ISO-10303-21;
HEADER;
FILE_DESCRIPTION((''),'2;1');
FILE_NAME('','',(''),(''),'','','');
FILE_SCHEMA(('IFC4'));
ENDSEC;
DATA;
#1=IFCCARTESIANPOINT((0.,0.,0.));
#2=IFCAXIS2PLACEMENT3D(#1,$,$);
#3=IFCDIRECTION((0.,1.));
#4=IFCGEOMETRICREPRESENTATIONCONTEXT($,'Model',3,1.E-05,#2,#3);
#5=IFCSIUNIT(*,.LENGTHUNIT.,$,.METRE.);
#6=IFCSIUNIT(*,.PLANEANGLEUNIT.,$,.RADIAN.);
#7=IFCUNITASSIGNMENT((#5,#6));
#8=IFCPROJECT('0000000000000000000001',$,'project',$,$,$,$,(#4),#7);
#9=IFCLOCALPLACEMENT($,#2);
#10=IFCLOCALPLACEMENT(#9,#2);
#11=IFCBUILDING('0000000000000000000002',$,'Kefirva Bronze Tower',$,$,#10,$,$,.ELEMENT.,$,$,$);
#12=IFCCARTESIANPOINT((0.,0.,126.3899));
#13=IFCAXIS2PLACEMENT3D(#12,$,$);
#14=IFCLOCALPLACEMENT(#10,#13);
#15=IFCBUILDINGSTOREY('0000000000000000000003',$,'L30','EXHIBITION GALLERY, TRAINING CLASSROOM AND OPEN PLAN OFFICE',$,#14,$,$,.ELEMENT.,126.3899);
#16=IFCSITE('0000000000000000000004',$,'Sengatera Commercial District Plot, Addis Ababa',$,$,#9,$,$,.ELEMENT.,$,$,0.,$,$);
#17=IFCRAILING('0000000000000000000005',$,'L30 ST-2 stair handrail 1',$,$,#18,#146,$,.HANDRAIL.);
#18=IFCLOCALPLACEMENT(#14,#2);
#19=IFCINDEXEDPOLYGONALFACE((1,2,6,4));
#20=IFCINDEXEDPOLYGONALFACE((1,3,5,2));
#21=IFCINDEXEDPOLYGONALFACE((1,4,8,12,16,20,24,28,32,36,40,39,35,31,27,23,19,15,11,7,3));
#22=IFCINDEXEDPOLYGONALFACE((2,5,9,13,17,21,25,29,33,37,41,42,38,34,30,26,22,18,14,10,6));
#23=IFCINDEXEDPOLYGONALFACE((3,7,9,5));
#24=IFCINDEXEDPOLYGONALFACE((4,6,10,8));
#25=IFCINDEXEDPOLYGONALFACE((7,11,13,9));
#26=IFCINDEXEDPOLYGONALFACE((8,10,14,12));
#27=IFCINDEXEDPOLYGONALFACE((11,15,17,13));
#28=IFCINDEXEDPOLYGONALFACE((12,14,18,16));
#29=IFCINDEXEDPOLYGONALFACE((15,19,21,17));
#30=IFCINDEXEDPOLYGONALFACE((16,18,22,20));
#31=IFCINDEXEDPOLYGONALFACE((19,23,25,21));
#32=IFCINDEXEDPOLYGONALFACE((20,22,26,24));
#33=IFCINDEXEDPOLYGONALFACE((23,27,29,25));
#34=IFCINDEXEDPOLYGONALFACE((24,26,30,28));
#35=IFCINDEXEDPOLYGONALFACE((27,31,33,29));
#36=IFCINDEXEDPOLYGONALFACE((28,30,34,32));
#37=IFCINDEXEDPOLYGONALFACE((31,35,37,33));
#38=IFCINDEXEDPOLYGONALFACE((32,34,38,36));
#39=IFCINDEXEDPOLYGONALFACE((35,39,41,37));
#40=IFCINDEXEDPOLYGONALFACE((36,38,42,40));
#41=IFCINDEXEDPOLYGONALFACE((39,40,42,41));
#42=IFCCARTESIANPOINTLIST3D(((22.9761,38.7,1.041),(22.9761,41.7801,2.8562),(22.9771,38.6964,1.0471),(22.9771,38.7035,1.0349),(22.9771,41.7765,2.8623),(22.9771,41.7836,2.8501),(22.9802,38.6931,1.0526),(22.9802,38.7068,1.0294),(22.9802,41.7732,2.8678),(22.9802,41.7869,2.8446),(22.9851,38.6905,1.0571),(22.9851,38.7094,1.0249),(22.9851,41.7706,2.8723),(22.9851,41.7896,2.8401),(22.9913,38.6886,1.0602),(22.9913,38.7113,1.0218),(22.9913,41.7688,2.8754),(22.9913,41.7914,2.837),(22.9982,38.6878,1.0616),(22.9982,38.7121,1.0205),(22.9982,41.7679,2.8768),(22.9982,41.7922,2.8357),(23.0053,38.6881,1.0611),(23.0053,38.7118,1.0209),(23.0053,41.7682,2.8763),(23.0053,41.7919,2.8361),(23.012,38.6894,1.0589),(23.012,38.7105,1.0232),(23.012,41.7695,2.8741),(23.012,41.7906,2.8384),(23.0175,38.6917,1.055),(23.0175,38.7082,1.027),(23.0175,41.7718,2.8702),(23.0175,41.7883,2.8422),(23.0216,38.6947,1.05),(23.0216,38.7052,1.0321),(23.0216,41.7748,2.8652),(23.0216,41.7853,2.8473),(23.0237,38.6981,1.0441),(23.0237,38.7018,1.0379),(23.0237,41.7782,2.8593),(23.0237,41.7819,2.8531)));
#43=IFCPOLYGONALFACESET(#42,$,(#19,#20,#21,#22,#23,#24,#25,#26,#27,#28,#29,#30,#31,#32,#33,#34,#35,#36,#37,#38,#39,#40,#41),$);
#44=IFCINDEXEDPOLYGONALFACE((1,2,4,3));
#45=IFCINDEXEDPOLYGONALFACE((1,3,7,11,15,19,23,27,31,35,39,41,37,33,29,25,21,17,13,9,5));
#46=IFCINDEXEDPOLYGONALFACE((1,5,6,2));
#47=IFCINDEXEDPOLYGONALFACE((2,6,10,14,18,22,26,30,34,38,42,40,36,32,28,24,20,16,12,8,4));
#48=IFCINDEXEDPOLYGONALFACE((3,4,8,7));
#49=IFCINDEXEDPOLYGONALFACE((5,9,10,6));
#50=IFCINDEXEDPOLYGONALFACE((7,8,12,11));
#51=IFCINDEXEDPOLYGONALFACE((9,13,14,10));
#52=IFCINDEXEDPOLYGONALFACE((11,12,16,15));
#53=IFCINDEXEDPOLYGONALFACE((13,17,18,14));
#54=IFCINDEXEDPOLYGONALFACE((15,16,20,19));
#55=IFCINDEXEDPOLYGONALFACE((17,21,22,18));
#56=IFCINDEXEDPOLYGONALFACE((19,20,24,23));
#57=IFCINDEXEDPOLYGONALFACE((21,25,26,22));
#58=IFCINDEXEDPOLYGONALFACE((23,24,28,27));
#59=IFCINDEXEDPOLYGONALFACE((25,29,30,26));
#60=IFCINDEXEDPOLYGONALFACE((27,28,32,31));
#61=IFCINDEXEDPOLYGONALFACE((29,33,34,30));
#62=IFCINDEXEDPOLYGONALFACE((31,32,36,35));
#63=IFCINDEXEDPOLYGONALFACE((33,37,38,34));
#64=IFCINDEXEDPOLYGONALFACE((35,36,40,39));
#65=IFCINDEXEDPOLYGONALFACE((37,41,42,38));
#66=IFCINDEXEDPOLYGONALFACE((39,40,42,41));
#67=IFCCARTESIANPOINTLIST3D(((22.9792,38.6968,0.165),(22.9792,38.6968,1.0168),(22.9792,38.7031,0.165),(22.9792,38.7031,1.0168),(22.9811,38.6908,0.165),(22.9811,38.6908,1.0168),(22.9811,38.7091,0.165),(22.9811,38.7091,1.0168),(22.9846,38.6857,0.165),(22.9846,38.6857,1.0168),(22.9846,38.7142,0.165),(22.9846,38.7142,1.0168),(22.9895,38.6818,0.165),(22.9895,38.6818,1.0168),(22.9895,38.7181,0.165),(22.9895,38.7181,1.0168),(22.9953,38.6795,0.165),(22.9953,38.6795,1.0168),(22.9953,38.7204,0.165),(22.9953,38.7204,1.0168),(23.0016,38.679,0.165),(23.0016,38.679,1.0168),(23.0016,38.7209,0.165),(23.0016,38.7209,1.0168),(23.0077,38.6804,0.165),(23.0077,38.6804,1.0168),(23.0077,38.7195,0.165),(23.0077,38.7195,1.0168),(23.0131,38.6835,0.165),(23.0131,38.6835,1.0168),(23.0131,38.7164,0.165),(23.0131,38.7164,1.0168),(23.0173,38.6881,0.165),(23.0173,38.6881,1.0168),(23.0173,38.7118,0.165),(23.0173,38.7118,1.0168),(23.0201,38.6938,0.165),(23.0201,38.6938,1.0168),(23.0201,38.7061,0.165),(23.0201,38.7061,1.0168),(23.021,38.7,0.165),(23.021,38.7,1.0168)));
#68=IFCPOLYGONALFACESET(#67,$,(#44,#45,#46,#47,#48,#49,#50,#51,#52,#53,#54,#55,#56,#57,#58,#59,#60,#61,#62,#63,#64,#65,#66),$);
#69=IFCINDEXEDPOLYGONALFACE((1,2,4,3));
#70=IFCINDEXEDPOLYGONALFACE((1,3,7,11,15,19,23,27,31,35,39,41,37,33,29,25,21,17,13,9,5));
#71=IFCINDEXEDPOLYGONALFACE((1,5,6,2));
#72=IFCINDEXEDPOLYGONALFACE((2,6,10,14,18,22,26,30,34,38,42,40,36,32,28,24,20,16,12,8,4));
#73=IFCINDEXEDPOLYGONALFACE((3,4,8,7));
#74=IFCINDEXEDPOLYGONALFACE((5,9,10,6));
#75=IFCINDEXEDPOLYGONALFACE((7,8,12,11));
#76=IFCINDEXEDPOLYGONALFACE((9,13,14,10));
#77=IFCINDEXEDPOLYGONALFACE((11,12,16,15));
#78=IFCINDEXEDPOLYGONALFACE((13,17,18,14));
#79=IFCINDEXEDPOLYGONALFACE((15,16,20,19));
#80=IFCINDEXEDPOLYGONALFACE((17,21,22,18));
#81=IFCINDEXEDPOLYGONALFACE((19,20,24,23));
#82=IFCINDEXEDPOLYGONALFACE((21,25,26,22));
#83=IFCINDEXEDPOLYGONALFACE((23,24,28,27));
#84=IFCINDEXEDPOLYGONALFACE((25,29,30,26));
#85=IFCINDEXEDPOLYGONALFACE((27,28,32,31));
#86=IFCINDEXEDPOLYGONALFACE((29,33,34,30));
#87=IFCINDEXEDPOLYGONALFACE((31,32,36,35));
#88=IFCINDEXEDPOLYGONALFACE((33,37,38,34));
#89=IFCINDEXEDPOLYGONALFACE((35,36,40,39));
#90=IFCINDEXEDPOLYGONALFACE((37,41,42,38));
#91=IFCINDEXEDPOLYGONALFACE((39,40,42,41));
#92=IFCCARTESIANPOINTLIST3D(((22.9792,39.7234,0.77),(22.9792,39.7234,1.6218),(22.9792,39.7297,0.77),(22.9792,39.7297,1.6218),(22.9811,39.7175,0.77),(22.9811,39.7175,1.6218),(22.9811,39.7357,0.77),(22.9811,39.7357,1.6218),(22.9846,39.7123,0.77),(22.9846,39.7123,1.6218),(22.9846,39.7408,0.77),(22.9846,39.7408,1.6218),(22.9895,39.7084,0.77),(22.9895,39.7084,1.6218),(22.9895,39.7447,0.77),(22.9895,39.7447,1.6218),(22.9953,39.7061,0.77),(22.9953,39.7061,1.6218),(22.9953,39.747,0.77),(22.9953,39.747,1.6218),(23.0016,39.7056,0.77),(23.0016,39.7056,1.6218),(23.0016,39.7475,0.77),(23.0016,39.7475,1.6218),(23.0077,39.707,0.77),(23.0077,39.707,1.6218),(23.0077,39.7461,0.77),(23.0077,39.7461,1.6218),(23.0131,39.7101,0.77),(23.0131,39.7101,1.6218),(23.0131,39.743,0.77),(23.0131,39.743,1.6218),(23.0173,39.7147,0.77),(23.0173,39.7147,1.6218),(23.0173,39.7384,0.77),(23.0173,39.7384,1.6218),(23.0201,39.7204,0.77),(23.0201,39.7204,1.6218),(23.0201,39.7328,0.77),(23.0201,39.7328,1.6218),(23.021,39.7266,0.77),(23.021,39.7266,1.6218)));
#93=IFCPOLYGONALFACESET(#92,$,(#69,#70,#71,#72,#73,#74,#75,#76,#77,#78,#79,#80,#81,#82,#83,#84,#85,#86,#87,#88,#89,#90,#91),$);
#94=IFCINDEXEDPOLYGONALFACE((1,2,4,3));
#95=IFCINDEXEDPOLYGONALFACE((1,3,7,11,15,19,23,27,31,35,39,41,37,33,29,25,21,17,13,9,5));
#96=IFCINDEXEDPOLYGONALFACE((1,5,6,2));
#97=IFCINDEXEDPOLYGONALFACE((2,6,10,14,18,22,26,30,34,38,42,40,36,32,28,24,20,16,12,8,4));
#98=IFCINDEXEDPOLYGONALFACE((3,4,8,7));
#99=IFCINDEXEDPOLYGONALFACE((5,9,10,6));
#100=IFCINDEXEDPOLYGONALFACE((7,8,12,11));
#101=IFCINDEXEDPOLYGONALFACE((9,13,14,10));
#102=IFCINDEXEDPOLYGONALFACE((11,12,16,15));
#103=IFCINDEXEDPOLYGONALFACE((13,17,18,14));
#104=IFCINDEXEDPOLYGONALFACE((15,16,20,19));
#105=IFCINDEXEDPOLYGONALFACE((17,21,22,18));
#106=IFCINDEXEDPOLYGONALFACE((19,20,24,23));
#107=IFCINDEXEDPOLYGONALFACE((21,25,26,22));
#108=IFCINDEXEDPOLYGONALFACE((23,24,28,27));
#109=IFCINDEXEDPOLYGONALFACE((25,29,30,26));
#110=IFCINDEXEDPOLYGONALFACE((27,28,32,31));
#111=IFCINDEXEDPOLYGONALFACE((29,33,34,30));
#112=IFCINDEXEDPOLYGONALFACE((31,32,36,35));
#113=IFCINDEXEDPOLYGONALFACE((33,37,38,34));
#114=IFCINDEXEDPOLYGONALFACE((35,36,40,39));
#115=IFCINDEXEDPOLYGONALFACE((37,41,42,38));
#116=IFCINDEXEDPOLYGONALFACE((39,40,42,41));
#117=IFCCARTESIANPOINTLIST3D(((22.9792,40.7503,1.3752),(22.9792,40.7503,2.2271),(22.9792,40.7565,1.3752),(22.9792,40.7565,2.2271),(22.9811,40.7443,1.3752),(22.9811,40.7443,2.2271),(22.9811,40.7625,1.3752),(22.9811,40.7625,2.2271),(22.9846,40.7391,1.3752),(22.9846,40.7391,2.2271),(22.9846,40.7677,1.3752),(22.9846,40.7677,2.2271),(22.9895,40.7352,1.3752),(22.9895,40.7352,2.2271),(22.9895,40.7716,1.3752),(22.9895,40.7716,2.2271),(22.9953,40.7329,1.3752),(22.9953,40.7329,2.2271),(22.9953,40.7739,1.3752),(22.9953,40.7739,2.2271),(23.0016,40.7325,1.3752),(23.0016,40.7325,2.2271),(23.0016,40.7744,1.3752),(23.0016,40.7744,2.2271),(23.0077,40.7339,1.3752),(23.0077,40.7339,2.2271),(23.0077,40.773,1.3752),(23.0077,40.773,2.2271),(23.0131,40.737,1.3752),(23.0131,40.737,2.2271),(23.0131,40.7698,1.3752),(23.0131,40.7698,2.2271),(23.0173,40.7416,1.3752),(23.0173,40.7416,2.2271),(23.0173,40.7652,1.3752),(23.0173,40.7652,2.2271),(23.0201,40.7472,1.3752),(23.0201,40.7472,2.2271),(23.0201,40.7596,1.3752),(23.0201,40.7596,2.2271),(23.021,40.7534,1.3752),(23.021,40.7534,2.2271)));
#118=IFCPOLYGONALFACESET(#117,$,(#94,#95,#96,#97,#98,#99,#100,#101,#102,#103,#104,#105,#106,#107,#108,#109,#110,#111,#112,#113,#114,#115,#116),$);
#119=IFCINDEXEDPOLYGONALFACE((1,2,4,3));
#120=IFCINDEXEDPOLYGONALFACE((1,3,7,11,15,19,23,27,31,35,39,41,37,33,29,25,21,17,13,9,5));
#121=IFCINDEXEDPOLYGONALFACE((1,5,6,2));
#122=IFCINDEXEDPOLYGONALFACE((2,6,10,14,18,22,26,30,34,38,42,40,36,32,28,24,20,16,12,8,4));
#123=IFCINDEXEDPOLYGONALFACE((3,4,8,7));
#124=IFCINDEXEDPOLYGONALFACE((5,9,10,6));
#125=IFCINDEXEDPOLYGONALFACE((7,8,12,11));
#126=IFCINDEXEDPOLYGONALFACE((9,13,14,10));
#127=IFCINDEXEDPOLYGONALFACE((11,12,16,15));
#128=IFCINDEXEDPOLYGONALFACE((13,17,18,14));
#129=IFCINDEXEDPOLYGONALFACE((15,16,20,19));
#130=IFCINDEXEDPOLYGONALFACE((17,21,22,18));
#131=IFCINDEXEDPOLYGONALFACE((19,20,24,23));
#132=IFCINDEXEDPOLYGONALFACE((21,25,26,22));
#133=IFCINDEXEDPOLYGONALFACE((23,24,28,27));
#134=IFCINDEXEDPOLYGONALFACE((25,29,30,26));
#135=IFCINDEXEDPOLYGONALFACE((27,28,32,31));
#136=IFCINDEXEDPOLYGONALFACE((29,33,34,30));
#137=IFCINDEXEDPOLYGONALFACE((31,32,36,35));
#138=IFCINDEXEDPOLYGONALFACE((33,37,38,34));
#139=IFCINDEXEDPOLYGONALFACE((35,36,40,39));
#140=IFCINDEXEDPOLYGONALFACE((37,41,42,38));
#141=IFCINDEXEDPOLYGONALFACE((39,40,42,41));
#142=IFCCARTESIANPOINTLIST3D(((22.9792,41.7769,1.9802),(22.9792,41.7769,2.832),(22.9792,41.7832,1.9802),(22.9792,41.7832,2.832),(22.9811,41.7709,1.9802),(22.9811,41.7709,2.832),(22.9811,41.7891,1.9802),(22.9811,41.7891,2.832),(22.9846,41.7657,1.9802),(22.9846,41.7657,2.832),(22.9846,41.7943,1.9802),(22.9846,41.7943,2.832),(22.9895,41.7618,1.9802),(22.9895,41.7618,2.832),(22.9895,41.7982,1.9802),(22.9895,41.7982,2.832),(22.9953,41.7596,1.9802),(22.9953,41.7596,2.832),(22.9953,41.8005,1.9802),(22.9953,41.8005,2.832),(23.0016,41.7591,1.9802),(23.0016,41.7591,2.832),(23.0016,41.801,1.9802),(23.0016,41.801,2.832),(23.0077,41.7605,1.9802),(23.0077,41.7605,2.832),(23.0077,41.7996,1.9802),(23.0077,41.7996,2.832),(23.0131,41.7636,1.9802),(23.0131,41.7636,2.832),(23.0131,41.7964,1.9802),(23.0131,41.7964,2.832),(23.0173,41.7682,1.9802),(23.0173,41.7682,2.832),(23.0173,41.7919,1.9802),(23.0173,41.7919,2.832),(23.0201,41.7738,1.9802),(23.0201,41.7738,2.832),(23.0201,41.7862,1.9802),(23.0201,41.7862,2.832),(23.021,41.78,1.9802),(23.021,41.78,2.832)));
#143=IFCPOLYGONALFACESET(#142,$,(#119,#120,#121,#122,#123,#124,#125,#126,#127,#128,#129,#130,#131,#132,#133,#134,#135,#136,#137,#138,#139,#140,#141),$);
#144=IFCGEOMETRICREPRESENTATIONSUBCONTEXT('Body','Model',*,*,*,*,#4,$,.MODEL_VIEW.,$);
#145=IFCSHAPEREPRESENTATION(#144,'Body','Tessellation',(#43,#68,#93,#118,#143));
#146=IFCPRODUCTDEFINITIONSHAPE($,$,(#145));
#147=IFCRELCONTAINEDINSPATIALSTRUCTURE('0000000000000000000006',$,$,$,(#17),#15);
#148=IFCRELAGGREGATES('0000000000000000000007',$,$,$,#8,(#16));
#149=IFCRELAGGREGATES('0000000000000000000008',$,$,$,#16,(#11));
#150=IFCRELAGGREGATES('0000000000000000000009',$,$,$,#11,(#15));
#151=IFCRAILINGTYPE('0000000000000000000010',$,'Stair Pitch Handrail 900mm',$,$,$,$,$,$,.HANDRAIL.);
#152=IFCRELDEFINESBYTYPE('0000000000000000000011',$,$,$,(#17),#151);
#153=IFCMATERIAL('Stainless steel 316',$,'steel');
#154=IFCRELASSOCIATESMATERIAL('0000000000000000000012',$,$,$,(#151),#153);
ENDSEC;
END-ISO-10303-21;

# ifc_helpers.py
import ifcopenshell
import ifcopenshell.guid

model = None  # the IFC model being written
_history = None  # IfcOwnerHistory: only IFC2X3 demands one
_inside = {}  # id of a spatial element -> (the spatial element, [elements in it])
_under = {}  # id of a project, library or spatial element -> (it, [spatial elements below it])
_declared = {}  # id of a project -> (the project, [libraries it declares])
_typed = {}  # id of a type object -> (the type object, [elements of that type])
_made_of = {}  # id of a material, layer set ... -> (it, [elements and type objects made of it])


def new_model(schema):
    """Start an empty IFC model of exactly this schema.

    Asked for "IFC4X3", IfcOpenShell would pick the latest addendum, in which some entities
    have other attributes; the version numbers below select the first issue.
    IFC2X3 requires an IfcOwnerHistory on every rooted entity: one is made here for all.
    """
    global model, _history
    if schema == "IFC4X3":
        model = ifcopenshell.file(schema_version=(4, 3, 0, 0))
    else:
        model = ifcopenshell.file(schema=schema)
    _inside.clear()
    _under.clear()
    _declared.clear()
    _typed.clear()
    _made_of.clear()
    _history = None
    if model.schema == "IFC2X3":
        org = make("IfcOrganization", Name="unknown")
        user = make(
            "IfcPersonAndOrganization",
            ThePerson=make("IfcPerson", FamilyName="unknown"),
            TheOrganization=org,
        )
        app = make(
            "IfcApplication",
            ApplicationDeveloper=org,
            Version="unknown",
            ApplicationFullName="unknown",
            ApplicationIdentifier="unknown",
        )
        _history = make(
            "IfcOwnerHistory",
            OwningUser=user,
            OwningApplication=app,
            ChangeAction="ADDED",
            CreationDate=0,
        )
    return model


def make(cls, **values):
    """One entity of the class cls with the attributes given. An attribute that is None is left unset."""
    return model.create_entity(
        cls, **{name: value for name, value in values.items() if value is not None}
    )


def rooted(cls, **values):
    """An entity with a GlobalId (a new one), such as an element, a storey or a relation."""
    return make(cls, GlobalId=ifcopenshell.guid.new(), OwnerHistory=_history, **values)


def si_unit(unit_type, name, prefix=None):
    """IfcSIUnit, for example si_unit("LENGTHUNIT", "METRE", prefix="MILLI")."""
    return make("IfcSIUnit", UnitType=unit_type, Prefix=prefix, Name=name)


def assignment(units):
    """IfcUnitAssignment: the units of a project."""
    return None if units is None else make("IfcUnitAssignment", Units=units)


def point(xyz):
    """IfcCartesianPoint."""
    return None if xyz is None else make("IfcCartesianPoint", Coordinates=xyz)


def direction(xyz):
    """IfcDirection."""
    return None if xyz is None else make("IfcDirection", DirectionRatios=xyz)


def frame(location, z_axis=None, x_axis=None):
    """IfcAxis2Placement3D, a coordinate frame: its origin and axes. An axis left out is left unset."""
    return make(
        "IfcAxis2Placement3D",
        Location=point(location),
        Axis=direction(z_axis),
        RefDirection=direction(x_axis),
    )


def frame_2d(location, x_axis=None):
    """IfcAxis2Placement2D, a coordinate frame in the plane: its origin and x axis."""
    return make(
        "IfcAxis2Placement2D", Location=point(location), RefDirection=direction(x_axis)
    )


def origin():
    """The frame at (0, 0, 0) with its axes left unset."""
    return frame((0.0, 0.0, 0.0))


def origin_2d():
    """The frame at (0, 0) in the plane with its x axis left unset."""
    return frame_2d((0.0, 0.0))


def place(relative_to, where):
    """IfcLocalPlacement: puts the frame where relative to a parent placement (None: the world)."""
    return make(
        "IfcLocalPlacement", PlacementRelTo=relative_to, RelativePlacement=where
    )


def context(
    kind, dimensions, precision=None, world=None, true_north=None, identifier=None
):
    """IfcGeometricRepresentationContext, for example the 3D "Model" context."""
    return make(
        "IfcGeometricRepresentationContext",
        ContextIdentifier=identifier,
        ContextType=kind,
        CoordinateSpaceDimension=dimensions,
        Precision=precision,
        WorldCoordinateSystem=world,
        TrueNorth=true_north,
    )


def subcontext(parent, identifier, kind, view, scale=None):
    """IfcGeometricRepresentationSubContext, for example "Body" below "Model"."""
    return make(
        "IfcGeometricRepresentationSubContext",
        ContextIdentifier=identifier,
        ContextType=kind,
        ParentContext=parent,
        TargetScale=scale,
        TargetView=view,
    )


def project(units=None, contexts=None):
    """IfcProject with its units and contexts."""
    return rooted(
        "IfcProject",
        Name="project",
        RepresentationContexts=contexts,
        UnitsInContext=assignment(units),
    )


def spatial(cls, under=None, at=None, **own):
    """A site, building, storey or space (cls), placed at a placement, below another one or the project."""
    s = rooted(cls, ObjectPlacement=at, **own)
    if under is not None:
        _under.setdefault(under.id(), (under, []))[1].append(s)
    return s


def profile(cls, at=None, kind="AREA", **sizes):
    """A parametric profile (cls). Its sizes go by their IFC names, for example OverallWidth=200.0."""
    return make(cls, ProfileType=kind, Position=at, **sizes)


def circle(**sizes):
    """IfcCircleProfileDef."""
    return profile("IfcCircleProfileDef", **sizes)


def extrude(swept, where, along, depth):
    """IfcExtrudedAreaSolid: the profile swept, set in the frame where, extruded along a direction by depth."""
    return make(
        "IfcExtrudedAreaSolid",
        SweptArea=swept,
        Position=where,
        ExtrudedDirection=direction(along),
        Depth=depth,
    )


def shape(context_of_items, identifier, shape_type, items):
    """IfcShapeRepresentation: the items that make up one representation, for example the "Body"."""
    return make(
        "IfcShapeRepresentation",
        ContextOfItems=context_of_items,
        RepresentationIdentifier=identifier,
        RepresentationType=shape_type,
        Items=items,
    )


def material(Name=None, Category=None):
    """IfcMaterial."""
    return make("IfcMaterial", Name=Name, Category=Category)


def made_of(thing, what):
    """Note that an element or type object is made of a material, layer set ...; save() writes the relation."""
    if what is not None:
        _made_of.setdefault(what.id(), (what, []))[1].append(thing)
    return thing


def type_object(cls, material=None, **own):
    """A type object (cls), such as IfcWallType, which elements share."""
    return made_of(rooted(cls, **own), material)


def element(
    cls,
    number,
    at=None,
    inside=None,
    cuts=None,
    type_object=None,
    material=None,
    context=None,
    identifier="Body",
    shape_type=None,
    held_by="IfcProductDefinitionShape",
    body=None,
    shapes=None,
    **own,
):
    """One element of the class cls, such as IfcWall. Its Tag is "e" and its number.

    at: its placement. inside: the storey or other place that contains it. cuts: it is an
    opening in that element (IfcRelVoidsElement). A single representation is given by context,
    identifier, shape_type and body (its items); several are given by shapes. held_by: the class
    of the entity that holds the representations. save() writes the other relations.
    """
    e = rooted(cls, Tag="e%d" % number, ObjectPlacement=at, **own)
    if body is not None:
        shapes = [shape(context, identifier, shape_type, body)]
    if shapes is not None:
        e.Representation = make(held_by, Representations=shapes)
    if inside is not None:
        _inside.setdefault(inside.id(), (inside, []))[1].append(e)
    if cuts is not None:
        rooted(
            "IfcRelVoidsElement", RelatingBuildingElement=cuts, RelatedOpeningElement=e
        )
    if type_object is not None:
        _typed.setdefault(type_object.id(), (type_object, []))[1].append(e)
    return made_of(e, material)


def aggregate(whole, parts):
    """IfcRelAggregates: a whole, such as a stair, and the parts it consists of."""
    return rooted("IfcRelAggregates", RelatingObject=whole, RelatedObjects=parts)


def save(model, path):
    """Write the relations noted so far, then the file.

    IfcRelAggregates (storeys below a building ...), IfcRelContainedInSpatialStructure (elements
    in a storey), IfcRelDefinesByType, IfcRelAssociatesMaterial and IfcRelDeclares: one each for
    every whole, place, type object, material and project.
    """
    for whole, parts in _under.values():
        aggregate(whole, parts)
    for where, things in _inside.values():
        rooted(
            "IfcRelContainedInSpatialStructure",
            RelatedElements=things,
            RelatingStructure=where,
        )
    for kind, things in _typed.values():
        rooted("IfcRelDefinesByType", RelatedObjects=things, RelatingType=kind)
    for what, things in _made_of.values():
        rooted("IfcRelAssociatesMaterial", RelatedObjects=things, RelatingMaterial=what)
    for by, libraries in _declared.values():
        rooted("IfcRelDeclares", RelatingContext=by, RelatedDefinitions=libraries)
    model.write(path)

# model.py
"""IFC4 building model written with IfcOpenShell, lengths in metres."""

from ifc_helpers import new_model, si_unit, direction, frame, origin, origin_2d, place, context, subcontext, project, spatial, circle, extrude, material, type_object, element, save


model = new_model("IFC4")

# Units and contexts
model_context = context("Model", 3, precision=1e-05, world=origin(), true_north=direction((0.0, 1.0)))
body_context = subcontext(model_context, "Body", "Model", "MODEL_VIEW")
ifc_project = project(units=[si_unit("LENGTHUNIT", "METRE"), si_unit("PLANEANGLEUNIT", "RADIAN")], contexts=[model_context])

# Site, building, storey
site_placement = place(None, origin())
site = spatial("IfcSite", under=ifc_project, at=site_placement, Name="Sengatera Commercial District Plot, Addis Ababa", CompositionType="ELEMENT", RefElevation=0.0)
building_placement = place(site_placement, origin())
building = spatial("IfcBuilding", under=site, at=building_placement, Name="Kefirva Bronze Tower", CompositionType="ELEMENT")
storey_placement = place(building_placement, frame((0.0, 0.0, 126.3899)))
storey = spatial("IfcBuildingStorey", under=building, at=storey_placement, Name="L30", Description="EXHIBITION GALLERY, TRAINING CLASSROOM AND OPEN PLAN OFFICE", CompositionType="ELEMENT", Elevation=126.3899)

# Railing
ifc_material_1 = material(Name="Stainless steel 316", Category="steel")
railing_type_1 = type_object("IfcRailingType", Name="Stair Pitch Handrail 900mm", PredefinedType="HANDRAIL", material=ifc_material_1)
railing_1_placement = place(storey_placement, frame((23.0, 38.7, 0.165)))
element("IfcRailing", 1, at=railing_1_placement, inside=storey, type_object=railing_type_1, Name="L30 ST-2 stair handrail 1", PredefinedType="HANDRAIL", context=body_context, shape_type="SweptSolid", body=[
    extrude(circle(Radius=0.0239, at=origin_2d()), frame((0.0, 0.0, 0.876), z_axis=(0.0, 0.861521, 0.507721), x_axis=(-1.0, 0.0, 0.0)), (0.0, 0.0, 1.0), 3.5752),
    extrude(circle(Radius=0.021, at=origin_2d()), origin(), (0.0, 0.0, 1.0), 0.8518),
    extrude(circle(Radius=0.021, at=origin_2d()), frame((0.0, 1.0266, 0.605)), (0.0, 0.0, 1.0), 0.8518),
    extrude(circle(Radius=0.021, at=origin_2d()), frame((0.0, 2.0535, 1.2102)), (0.0, 0.0, 1.0), 0.8518),
    extrude(circle(Radius=0.021, at=origin_2d()), frame((0.0, 3.0801, 1.8152)), (0.0, 0.0, 1.0), 0.8518),
])

save(model, "model.ifc")
